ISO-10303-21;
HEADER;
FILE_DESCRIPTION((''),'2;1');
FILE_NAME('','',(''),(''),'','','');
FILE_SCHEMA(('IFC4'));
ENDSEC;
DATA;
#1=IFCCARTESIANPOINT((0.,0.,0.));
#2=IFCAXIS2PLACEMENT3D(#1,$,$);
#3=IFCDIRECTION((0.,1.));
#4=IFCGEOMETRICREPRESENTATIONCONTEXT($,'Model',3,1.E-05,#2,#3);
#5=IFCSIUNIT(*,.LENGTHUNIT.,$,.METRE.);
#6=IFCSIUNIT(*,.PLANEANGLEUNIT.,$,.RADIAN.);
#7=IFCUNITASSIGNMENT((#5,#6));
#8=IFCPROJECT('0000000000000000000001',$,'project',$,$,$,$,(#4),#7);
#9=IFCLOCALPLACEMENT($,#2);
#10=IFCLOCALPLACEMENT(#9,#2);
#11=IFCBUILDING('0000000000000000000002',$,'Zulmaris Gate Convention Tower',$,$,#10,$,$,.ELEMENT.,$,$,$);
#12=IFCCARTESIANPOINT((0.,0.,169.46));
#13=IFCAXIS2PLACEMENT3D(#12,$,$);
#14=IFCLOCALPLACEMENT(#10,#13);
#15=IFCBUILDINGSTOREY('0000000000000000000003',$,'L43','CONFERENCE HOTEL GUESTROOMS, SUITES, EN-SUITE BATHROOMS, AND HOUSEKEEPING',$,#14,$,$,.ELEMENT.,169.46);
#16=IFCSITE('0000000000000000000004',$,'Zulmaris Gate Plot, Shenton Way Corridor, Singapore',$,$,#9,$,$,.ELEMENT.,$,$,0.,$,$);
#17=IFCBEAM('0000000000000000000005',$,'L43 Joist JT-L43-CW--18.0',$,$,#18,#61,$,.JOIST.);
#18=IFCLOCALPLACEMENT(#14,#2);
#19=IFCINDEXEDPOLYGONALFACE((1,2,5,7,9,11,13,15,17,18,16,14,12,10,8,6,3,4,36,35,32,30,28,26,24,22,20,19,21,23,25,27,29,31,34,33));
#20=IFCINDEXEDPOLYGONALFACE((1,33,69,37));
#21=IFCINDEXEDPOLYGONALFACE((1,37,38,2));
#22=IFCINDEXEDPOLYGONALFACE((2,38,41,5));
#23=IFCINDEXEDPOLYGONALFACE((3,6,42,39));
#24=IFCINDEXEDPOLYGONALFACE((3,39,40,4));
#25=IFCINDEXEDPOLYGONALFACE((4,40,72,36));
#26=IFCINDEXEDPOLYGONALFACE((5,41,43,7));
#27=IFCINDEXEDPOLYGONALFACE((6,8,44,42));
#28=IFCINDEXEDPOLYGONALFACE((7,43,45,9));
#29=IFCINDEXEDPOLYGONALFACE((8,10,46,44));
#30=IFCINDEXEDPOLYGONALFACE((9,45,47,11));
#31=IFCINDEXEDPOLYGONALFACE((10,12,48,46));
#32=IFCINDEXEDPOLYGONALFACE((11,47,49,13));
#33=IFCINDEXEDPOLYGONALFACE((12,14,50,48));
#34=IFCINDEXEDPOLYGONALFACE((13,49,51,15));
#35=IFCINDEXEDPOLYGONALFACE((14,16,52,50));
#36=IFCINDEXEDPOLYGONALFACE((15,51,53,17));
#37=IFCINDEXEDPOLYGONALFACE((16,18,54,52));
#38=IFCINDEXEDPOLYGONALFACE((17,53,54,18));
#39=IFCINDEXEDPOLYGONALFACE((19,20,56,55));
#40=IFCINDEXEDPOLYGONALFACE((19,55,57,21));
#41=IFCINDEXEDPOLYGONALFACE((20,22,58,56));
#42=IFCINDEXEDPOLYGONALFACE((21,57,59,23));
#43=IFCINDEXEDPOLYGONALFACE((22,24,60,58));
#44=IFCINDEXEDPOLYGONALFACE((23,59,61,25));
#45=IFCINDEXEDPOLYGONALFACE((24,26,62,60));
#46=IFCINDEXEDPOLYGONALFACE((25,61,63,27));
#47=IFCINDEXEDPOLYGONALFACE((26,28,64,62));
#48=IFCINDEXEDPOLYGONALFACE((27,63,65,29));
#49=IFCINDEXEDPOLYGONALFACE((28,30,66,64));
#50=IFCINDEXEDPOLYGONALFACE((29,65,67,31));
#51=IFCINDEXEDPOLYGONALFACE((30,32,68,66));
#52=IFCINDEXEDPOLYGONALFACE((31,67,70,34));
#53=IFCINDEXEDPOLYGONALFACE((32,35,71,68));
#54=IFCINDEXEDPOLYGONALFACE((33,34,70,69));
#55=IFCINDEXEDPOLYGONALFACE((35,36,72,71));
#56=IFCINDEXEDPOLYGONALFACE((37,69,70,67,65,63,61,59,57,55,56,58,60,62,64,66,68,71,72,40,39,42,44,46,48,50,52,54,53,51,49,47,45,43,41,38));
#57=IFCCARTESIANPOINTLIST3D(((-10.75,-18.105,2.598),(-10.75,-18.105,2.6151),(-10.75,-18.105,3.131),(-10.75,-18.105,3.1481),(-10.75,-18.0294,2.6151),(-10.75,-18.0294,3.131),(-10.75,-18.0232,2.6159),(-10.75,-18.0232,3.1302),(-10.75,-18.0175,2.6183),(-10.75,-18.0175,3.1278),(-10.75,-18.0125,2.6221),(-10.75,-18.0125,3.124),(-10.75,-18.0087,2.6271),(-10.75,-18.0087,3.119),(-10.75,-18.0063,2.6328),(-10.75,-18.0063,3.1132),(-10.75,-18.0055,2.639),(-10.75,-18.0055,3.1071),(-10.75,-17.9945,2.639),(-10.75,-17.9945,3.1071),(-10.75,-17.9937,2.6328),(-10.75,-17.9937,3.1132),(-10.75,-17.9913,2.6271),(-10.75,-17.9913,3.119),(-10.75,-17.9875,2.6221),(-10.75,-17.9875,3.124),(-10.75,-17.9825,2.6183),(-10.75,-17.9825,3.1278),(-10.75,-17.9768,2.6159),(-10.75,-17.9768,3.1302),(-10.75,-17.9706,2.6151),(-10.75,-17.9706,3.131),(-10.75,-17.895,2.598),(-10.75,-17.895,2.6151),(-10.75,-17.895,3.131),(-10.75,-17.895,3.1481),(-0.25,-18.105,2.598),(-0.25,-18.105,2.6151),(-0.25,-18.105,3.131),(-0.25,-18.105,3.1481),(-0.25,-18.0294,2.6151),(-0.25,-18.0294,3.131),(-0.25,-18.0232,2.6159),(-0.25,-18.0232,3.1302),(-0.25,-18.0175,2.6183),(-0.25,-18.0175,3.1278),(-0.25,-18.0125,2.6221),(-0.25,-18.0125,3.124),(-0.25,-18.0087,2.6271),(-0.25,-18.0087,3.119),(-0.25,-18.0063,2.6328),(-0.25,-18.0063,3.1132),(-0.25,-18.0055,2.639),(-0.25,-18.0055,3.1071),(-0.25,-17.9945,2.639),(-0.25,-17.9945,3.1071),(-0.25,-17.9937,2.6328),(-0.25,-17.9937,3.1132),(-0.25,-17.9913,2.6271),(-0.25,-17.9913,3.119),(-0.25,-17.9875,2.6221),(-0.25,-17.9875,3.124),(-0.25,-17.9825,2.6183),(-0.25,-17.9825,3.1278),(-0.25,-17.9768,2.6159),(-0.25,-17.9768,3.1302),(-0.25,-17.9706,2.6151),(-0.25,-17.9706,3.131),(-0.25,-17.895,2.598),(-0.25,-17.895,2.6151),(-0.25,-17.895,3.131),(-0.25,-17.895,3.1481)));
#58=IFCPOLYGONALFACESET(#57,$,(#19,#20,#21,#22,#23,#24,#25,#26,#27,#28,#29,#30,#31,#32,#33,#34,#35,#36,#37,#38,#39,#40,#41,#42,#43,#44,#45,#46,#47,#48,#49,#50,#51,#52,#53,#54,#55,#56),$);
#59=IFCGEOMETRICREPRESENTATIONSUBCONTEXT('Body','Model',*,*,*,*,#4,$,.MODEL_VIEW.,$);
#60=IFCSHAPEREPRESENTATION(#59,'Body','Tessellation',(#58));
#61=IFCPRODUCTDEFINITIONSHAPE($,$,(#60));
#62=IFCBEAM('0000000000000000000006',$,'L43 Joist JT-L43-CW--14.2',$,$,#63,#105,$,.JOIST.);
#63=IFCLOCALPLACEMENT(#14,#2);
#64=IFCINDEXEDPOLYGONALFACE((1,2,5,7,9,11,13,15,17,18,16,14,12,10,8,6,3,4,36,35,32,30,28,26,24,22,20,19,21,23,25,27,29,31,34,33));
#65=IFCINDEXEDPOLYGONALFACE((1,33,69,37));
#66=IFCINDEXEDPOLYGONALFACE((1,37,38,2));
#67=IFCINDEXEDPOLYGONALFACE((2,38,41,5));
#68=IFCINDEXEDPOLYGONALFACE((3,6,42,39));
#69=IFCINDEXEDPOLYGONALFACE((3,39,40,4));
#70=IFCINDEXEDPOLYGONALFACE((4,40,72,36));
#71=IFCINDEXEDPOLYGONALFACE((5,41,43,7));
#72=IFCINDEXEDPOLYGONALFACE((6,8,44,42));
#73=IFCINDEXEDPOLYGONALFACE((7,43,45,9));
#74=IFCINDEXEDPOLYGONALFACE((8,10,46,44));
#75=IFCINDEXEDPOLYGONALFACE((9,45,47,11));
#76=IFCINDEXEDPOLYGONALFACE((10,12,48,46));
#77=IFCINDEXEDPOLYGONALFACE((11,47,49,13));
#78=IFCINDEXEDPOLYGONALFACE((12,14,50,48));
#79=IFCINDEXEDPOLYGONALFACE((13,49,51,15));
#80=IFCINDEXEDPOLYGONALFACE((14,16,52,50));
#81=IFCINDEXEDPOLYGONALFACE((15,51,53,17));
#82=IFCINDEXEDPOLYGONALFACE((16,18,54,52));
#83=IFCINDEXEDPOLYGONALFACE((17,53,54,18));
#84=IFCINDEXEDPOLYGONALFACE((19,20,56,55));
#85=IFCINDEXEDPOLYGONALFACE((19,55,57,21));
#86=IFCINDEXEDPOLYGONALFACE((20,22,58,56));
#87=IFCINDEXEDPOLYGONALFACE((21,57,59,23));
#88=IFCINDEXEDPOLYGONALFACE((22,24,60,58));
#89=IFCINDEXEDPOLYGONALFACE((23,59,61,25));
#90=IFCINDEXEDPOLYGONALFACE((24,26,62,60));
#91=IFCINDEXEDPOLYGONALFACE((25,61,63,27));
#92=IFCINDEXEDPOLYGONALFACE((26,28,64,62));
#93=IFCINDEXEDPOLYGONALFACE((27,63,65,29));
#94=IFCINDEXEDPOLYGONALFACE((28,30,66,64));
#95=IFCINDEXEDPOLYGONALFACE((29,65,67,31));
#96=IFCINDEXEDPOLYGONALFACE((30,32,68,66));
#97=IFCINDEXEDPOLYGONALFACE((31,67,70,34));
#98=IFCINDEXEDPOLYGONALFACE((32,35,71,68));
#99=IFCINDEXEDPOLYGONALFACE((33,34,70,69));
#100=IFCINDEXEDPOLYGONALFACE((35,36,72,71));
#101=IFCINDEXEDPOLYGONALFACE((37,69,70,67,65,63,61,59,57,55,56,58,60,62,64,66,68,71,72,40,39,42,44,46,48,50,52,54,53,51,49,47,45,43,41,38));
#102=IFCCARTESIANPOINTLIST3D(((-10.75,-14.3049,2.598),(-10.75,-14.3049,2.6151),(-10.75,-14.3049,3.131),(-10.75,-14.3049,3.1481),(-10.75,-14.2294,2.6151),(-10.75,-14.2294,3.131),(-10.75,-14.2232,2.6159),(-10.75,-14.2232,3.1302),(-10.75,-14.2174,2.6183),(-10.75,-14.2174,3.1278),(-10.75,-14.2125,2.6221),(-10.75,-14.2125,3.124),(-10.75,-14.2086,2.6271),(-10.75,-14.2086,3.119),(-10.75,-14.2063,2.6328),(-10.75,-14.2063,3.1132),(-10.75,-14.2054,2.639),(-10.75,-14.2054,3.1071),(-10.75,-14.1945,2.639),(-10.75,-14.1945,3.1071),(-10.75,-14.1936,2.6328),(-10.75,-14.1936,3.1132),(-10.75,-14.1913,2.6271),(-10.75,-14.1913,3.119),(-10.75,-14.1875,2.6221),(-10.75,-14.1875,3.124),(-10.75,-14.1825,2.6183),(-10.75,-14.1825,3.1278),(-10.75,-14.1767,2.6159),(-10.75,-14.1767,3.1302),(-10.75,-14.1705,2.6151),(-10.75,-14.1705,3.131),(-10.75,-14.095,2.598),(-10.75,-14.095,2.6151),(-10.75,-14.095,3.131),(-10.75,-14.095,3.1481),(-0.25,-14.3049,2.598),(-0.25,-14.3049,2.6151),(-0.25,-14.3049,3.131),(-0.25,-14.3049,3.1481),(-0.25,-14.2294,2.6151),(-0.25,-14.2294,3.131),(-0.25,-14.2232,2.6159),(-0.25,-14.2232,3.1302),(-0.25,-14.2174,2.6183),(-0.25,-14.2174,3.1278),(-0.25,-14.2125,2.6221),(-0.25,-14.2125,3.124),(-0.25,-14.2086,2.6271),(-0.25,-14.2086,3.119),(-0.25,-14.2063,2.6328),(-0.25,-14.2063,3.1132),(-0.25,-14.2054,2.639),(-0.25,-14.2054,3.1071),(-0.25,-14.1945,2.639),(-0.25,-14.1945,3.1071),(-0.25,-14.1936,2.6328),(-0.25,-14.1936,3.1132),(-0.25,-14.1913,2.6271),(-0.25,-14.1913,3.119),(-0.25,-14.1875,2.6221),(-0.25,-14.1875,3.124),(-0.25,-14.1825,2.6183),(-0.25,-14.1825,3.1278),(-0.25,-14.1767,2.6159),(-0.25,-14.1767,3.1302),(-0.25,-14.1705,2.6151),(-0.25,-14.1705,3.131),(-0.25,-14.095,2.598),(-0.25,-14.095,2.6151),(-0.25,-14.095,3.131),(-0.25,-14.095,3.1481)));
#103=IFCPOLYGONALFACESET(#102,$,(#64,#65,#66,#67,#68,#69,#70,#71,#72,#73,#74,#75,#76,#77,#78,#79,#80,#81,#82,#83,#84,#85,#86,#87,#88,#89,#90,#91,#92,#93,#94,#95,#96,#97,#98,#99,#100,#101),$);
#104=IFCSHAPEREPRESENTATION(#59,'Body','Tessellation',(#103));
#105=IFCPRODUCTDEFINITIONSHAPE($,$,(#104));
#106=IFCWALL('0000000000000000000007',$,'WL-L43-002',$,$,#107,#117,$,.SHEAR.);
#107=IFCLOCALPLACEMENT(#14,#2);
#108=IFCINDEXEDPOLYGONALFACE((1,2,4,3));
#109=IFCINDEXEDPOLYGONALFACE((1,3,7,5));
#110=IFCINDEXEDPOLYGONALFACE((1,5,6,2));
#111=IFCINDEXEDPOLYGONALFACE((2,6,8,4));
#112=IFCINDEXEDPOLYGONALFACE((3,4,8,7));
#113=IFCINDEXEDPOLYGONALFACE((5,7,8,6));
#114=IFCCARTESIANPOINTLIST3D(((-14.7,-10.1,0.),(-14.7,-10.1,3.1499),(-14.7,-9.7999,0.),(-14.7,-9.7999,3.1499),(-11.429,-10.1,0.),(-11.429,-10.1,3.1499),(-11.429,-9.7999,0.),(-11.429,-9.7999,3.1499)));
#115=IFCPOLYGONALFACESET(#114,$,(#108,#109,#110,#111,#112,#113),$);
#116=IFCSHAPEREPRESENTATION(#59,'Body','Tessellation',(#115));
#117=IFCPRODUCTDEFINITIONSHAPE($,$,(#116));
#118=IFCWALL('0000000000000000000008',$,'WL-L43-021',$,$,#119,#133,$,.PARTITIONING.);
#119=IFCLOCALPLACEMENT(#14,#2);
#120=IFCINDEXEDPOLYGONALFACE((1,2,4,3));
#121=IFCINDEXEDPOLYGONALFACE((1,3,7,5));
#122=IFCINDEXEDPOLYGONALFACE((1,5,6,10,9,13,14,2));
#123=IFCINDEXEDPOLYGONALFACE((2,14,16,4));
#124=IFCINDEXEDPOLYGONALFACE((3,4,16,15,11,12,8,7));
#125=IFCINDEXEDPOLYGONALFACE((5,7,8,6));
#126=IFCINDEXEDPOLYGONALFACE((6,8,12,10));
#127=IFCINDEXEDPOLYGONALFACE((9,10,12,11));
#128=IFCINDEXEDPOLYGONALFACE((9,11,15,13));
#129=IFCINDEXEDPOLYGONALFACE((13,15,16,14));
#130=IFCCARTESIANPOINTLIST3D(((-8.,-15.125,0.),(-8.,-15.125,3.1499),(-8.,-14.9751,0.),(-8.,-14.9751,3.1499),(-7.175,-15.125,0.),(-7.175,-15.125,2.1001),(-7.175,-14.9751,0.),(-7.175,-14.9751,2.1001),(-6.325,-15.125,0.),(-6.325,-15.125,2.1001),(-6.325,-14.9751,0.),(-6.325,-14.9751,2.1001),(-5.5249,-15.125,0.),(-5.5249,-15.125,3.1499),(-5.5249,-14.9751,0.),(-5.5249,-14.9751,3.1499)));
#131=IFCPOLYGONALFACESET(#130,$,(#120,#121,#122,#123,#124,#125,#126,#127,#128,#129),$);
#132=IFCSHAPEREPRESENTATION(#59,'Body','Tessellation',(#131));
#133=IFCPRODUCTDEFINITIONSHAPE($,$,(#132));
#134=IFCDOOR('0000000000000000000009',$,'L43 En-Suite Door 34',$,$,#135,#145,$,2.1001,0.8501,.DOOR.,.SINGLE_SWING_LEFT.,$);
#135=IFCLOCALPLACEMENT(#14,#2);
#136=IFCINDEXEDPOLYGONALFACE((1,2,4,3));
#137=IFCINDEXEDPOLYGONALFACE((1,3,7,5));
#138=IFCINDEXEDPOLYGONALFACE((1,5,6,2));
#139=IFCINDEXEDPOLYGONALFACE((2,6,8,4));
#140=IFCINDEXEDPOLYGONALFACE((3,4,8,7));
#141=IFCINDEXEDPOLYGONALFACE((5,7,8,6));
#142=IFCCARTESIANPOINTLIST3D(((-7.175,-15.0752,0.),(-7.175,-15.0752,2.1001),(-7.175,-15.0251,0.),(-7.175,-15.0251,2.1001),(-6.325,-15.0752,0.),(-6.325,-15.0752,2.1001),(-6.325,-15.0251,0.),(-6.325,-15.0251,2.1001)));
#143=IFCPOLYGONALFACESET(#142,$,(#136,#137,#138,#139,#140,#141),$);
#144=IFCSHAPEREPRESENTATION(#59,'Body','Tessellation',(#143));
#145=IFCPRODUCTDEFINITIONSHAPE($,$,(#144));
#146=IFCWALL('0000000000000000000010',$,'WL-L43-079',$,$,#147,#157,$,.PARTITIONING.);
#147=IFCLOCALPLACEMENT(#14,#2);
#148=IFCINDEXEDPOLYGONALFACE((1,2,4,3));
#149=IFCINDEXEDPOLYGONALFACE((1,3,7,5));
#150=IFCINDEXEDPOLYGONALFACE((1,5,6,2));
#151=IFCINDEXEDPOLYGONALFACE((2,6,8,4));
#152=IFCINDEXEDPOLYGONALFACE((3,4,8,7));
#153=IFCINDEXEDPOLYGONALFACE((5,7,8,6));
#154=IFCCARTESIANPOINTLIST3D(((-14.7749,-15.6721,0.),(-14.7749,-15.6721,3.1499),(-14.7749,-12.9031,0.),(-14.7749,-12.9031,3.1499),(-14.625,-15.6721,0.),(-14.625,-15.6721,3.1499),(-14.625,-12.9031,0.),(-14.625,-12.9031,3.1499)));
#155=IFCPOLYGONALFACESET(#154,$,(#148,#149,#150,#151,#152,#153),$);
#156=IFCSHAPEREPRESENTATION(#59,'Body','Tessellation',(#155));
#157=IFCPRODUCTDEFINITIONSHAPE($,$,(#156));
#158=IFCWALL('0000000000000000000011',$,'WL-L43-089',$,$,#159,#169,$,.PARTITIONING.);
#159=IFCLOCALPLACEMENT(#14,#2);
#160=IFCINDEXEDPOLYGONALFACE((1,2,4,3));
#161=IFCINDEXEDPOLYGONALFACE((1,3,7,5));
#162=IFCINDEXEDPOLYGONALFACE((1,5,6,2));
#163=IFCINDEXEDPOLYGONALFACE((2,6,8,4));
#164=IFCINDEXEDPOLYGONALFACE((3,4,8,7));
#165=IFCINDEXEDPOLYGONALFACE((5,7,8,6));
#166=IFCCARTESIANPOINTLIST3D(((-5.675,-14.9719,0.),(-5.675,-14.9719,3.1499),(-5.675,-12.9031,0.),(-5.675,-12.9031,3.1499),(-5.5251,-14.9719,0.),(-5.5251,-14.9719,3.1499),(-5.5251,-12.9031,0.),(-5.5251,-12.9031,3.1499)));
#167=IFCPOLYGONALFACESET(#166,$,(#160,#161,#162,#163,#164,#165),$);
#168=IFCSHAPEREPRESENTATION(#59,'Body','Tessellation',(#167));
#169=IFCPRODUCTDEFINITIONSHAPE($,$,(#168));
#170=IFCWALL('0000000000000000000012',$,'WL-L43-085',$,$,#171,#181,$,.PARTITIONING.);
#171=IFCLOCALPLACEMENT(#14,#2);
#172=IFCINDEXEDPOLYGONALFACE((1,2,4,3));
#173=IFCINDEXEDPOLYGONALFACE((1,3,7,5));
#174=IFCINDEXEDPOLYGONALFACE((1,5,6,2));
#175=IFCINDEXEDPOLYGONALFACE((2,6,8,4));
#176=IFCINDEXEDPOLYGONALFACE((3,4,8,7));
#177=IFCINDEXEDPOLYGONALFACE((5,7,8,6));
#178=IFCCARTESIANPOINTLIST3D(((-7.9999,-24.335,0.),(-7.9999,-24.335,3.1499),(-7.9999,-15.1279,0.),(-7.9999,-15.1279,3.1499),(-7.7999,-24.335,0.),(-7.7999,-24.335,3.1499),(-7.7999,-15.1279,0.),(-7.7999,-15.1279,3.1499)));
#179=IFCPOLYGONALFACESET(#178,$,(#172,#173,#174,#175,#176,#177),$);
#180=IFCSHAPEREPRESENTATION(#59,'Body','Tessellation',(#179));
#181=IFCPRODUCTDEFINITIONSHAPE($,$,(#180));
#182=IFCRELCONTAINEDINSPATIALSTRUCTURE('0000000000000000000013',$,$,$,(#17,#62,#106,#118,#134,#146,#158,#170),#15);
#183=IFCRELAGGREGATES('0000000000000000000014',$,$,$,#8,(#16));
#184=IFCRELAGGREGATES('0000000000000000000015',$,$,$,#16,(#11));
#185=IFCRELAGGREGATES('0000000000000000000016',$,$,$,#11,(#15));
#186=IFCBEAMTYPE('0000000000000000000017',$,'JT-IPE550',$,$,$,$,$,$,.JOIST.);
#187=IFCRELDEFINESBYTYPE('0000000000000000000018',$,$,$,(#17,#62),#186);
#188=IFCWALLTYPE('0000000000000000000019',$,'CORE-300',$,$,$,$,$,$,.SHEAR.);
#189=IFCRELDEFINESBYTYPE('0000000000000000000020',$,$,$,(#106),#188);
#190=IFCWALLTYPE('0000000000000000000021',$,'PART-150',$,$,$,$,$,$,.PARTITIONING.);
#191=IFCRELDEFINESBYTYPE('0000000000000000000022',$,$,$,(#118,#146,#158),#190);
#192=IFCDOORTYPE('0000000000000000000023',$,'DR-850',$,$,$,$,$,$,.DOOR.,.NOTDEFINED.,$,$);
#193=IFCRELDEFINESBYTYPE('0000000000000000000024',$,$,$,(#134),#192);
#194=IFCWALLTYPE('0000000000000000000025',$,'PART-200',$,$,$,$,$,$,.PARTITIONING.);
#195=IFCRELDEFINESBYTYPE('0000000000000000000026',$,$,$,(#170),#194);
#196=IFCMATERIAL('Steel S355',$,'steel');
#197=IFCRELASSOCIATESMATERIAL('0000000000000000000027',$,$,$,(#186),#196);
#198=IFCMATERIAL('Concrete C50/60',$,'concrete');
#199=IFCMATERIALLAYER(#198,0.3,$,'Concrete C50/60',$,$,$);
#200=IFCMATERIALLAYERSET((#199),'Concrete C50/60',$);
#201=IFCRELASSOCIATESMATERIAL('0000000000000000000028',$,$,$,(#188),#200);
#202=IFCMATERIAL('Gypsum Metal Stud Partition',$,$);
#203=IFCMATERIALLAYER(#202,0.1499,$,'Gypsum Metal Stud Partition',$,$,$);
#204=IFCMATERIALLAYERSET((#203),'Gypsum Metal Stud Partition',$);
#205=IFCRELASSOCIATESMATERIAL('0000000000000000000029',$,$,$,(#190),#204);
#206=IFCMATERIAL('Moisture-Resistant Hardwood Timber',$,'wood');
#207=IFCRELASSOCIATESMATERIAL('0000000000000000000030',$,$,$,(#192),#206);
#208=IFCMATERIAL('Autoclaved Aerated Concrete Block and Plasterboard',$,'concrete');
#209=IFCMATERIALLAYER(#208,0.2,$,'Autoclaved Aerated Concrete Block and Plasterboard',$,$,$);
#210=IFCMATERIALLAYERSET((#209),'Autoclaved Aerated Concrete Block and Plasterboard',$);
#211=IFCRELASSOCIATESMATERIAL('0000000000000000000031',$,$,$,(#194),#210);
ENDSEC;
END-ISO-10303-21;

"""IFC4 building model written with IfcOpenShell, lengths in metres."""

from ifc_helpers import new_model, si_unit, direction, frame, frame_2d, origin, origin_2d, place, context, subcontext, project, spatial, rectangle, i_section, extrude, material, layer, layer_set, material_profile, profile_set, type_object, element, fill, save


model = new_model("IFC4")

# Units and contexts
model_context = context("Model", 3, precision=1e-05, world=origin(), true_north=direction((0.0, 1.0)))
body_context = subcontext(model_context, "Body", "Model", "MODEL_VIEW")
ifc_project = project(units=[si_unit("LENGTHUNIT", "METRE"), si_unit("PLANEANGLEUNIT", "RADIAN")], contexts=[model_context])

# Site, building, storey
site_placement = place(None, origin())
site = spatial("IfcSite", under=ifc_project, at=site_placement, Name="Zulmaris Gate Plot, Shenton Way Corridor, Singapore", CompositionType="ELEMENT", RefElevation=0.0)
building_placement = place(site_placement, origin())
building = spatial("IfcBuilding", under=site, at=building_placement, Name="Zulmaris Gate Convention Tower", CompositionType="ELEMENT")
storey_placement = place(building_placement, frame((0.0, 0.0, 169.46)))
storey = spatial("IfcBuildingStorey", under=building, at=storey_placement, Name="L43", Description="CONFERENCE HOTEL GUESTROOMS, SUITES, EN-SUITE BATHROOMS, AND HOUSEKEEPING", CompositionType="ELEMENT", Elevation=169.46)

# Beams
ifc_material_1 = material(Name="Steel S355", Category="steel")
ifc_material_2 = material(Name="Concrete C50/60", Category="concrete")
ifc_material_profile_1 = material_profile(ifc_material_1, i_section(OverallWidth=0.21, OverallDepth=0.55, WebThickness=0.011, FlangeThickness=0.0171, FilletRadius=0.0239, at=origin_2d()), Name="IPE 550")
ifc_profile_set_1 = profile_set([ifc_material_profile_1], Name="Steel S355")
beam_type_1 = type_object("IfcBeamType", Name="JT-IPE550", PredefinedType="JOIST", material=ifc_profile_set_1)
for number, where, z_axis, x_axis, name in (
    (1, (-10.75, -18.0, 2.873), (1.0, 0.0, 0.0), (0.0, 1.0, 0.0), "L43 Joist JT-L43-CW--18.0"),
    (2, (-10.75, -14.2, 2.873), (1.0, 0.0, 0.0), (0.0, 1.0, 0.0), "L43 Joist JT-L43-CW--14.2"),
):
    element("IfcBeam", number, at=place(storey_placement, frame(where, z_axis=z_axis, x_axis=x_axis)), inside=storey, type_object=beam_type_1, Name=name, PredefinedType="JOIST", context=body_context, shape_type="SweptSolid", body=[
        extrude(i_section(OverallWidth=0.21, OverallDepth=0.55, WebThickness=0.011, FlangeThickness=0.0171, FilletRadius=0.0239, at=origin_2d()), origin(), (0.0, 0.0, 1.0), 10.5),
    ])

# Wall
ifc_layer_1 = layer(ifc_material_2, 0.3, Name="Concrete C50/60")
ifc_layer_set_1 = layer_set([ifc_layer_1], Name="Concrete C50/60")
wall_type_1 = type_object("IfcWallType", Name="CORE-300", PredefinedType="SHEAR", material=ifc_layer_set_1)
wall_1_placement = place(storey_placement, frame((-14.7, -9.95, 0.0), z_axis=(0.0, 0.0, 1.0), x_axis=(1.0, 0.0, 0.0)))
element("IfcWall", 3, at=wall_1_placement, inside=storey, type_object=wall_type_1, Name="WL-L43-002", PredefinedType="SHEAR", context=body_context, shape_type="SweptSolid", body=[
    extrude(rectangle(XDim=3.271, YDim=0.3, at=frame_2d((1.6355, 0.0))), origin(), (0.0, 0.0, 1.0), 3.1499),
])

# Wall, opening, door
ifc_material_3 = material(Name="Gypsum Metal Stud Partition")
ifc_layer_2 = layer(ifc_material_3, 0.1499, Name="Gypsum Metal Stud Partition")
ifc_layer_set_2 = layer_set([ifc_layer_2], Name="Gypsum Metal Stud Partition")
wall_type_2 = type_object("IfcWallType", Name="PART-150", PredefinedType="PARTITIONING", material=ifc_layer_set_2)
wall_2_placement = place(storey_placement, frame((-8.0, -15.05, 0.0), z_axis=(0.0, 0.0, 1.0), x_axis=(1.0, 0.0, 0.0)))
wall_2 = element("IfcWall", 4, at=wall_2_placement, inside=storey, type_object=wall_type_2, Name="WL-L43-021", PredefinedType="PARTITIONING", context=body_context, shape_type="SweptSolid", body=[
    extrude(rectangle(XDim=2.4751, YDim=0.1499, at=frame_2d((1.2375, 0.0))), origin(), (0.0, 0.0, 1.0), 3.1499),
])
opening_1_placement = place(wall_2_placement, frame((0.825, 0.0, 0.0)))
opening_1 = element("IfcOpeningElement", 5, at=opening_1_placement, cuts=wall_2, PredefinedType="OPENING", context=body_context, shape_type="SweptSolid", body=[
    extrude(rectangle(XDim=0.8501, YDim=2.1001, at=frame_2d((0.425, 1.05))), frame((0.0, 0.085, 0.0), z_axis=(0.0, -1.0, 0.0), x_axis=(1.0, 0.0, 0.0)), (0.0, 0.0, 1.0), 0.1699),
])
ifc_material_4 = material(Name="Moisture-Resistant Hardwood Timber", Category="wood")
door_type_1 = type_object("IfcDoorType", Name="DR-850", OperationType="NOTDEFINED", PredefinedType="DOOR", material=ifc_material_4)
door_1_placement = place(opening_1_placement, origin())
door_1 = element("IfcDoor", 6, at=door_1_placement, inside=storey, type_object=door_type_1, Name="L43 En-Suite Door 34", OperationType="SINGLE_SWING_LEFT", OverallHeight=2.1001, OverallWidth=0.8501, PredefinedType="DOOR", context=body_context, shape_type="SweptSolid", body=[
    extrude(rectangle(XDim=0.8501, YDim=2.1001, at=frame_2d((0.425, 1.05))), frame((0.0, 0.0249, 0.0), z_axis=(0.0, -1.0, 0.0), x_axis=(1.0, 0.0, 0.0)), (0.0, 0.0, 1.0), 0.05),
])
fill(opening_1, door_1)

# Walls
wall_3_placement = place(storey_placement, frame((-14.7, -15.6721, 0.0), z_axis=(0.0, 0.0, 1.0), x_axis=(0.0, 1.0, 0.0)))
element("IfcWall", 7, at=wall_3_placement, inside=storey, type_object=wall_type_2, Name="WL-L43-079", PredefinedType="PARTITIONING", context=body_context, shape_type="SweptSolid", body=[
    extrude(rectangle(XDim=2.769, YDim=0.1499, at=frame_2d((1.3845, 0.0))), origin(), (0.0, 0.0, 1.0), 3.1499),
])
wall_4_placement = place(storey_placement, frame((-5.6001, -14.9719, 0.0), z_axis=(0.0, 0.0, 1.0), x_axis=(0.0, 1.0, 0.0)))
element("IfcWall", 8, at=wall_4_placement, inside=storey, type_object=wall_type_2, Name="WL-L43-089", PredefinedType="PARTITIONING", context=body_context, shape_type="SweptSolid", body=[
    extrude(rectangle(XDim=2.0688, YDim=0.1499, at=frame_2d((1.0344, 0.0))), origin(), (0.0, 0.0, 1.0), 3.1499),
])
ifc_material_5 = material(Name="Autoclaved Aerated Concrete Block and Plasterboard", Category="concrete")
ifc_layer_3 = layer(ifc_material_5, 0.2, Name="Autoclaved Aerated Concrete Block and Plasterboard")
ifc_layer_set_3 = layer_set([ifc_layer_3], Name="Autoclaved Aerated Concrete Block and Plasterboard")
wall_type_3 = type_object("IfcWallType", Name="PART-200", PredefinedType="PARTITIONING", material=ifc_layer_set_3)
wall_5_placement = place(storey_placement, frame((-7.8999, -24.335, 0.0), z_axis=(0.0, 0.0, 1.0), x_axis=(0.0, 1.0, 0.0)))
element("IfcWall", 9, at=wall_5_placement, inside=storey, type_object=wall_type_3, Name="WL-L43-085", PredefinedType="PARTITIONING", context=body_context, shape_type="SweptSolid", body=[
    extrude(rectangle(XDim=9.207, YDim=0.2, at=frame_2d((4.6035, 0.0))), origin(), (0.0, 0.0, 1.0), 3.1499),
])

save(model, "model.ifc")
